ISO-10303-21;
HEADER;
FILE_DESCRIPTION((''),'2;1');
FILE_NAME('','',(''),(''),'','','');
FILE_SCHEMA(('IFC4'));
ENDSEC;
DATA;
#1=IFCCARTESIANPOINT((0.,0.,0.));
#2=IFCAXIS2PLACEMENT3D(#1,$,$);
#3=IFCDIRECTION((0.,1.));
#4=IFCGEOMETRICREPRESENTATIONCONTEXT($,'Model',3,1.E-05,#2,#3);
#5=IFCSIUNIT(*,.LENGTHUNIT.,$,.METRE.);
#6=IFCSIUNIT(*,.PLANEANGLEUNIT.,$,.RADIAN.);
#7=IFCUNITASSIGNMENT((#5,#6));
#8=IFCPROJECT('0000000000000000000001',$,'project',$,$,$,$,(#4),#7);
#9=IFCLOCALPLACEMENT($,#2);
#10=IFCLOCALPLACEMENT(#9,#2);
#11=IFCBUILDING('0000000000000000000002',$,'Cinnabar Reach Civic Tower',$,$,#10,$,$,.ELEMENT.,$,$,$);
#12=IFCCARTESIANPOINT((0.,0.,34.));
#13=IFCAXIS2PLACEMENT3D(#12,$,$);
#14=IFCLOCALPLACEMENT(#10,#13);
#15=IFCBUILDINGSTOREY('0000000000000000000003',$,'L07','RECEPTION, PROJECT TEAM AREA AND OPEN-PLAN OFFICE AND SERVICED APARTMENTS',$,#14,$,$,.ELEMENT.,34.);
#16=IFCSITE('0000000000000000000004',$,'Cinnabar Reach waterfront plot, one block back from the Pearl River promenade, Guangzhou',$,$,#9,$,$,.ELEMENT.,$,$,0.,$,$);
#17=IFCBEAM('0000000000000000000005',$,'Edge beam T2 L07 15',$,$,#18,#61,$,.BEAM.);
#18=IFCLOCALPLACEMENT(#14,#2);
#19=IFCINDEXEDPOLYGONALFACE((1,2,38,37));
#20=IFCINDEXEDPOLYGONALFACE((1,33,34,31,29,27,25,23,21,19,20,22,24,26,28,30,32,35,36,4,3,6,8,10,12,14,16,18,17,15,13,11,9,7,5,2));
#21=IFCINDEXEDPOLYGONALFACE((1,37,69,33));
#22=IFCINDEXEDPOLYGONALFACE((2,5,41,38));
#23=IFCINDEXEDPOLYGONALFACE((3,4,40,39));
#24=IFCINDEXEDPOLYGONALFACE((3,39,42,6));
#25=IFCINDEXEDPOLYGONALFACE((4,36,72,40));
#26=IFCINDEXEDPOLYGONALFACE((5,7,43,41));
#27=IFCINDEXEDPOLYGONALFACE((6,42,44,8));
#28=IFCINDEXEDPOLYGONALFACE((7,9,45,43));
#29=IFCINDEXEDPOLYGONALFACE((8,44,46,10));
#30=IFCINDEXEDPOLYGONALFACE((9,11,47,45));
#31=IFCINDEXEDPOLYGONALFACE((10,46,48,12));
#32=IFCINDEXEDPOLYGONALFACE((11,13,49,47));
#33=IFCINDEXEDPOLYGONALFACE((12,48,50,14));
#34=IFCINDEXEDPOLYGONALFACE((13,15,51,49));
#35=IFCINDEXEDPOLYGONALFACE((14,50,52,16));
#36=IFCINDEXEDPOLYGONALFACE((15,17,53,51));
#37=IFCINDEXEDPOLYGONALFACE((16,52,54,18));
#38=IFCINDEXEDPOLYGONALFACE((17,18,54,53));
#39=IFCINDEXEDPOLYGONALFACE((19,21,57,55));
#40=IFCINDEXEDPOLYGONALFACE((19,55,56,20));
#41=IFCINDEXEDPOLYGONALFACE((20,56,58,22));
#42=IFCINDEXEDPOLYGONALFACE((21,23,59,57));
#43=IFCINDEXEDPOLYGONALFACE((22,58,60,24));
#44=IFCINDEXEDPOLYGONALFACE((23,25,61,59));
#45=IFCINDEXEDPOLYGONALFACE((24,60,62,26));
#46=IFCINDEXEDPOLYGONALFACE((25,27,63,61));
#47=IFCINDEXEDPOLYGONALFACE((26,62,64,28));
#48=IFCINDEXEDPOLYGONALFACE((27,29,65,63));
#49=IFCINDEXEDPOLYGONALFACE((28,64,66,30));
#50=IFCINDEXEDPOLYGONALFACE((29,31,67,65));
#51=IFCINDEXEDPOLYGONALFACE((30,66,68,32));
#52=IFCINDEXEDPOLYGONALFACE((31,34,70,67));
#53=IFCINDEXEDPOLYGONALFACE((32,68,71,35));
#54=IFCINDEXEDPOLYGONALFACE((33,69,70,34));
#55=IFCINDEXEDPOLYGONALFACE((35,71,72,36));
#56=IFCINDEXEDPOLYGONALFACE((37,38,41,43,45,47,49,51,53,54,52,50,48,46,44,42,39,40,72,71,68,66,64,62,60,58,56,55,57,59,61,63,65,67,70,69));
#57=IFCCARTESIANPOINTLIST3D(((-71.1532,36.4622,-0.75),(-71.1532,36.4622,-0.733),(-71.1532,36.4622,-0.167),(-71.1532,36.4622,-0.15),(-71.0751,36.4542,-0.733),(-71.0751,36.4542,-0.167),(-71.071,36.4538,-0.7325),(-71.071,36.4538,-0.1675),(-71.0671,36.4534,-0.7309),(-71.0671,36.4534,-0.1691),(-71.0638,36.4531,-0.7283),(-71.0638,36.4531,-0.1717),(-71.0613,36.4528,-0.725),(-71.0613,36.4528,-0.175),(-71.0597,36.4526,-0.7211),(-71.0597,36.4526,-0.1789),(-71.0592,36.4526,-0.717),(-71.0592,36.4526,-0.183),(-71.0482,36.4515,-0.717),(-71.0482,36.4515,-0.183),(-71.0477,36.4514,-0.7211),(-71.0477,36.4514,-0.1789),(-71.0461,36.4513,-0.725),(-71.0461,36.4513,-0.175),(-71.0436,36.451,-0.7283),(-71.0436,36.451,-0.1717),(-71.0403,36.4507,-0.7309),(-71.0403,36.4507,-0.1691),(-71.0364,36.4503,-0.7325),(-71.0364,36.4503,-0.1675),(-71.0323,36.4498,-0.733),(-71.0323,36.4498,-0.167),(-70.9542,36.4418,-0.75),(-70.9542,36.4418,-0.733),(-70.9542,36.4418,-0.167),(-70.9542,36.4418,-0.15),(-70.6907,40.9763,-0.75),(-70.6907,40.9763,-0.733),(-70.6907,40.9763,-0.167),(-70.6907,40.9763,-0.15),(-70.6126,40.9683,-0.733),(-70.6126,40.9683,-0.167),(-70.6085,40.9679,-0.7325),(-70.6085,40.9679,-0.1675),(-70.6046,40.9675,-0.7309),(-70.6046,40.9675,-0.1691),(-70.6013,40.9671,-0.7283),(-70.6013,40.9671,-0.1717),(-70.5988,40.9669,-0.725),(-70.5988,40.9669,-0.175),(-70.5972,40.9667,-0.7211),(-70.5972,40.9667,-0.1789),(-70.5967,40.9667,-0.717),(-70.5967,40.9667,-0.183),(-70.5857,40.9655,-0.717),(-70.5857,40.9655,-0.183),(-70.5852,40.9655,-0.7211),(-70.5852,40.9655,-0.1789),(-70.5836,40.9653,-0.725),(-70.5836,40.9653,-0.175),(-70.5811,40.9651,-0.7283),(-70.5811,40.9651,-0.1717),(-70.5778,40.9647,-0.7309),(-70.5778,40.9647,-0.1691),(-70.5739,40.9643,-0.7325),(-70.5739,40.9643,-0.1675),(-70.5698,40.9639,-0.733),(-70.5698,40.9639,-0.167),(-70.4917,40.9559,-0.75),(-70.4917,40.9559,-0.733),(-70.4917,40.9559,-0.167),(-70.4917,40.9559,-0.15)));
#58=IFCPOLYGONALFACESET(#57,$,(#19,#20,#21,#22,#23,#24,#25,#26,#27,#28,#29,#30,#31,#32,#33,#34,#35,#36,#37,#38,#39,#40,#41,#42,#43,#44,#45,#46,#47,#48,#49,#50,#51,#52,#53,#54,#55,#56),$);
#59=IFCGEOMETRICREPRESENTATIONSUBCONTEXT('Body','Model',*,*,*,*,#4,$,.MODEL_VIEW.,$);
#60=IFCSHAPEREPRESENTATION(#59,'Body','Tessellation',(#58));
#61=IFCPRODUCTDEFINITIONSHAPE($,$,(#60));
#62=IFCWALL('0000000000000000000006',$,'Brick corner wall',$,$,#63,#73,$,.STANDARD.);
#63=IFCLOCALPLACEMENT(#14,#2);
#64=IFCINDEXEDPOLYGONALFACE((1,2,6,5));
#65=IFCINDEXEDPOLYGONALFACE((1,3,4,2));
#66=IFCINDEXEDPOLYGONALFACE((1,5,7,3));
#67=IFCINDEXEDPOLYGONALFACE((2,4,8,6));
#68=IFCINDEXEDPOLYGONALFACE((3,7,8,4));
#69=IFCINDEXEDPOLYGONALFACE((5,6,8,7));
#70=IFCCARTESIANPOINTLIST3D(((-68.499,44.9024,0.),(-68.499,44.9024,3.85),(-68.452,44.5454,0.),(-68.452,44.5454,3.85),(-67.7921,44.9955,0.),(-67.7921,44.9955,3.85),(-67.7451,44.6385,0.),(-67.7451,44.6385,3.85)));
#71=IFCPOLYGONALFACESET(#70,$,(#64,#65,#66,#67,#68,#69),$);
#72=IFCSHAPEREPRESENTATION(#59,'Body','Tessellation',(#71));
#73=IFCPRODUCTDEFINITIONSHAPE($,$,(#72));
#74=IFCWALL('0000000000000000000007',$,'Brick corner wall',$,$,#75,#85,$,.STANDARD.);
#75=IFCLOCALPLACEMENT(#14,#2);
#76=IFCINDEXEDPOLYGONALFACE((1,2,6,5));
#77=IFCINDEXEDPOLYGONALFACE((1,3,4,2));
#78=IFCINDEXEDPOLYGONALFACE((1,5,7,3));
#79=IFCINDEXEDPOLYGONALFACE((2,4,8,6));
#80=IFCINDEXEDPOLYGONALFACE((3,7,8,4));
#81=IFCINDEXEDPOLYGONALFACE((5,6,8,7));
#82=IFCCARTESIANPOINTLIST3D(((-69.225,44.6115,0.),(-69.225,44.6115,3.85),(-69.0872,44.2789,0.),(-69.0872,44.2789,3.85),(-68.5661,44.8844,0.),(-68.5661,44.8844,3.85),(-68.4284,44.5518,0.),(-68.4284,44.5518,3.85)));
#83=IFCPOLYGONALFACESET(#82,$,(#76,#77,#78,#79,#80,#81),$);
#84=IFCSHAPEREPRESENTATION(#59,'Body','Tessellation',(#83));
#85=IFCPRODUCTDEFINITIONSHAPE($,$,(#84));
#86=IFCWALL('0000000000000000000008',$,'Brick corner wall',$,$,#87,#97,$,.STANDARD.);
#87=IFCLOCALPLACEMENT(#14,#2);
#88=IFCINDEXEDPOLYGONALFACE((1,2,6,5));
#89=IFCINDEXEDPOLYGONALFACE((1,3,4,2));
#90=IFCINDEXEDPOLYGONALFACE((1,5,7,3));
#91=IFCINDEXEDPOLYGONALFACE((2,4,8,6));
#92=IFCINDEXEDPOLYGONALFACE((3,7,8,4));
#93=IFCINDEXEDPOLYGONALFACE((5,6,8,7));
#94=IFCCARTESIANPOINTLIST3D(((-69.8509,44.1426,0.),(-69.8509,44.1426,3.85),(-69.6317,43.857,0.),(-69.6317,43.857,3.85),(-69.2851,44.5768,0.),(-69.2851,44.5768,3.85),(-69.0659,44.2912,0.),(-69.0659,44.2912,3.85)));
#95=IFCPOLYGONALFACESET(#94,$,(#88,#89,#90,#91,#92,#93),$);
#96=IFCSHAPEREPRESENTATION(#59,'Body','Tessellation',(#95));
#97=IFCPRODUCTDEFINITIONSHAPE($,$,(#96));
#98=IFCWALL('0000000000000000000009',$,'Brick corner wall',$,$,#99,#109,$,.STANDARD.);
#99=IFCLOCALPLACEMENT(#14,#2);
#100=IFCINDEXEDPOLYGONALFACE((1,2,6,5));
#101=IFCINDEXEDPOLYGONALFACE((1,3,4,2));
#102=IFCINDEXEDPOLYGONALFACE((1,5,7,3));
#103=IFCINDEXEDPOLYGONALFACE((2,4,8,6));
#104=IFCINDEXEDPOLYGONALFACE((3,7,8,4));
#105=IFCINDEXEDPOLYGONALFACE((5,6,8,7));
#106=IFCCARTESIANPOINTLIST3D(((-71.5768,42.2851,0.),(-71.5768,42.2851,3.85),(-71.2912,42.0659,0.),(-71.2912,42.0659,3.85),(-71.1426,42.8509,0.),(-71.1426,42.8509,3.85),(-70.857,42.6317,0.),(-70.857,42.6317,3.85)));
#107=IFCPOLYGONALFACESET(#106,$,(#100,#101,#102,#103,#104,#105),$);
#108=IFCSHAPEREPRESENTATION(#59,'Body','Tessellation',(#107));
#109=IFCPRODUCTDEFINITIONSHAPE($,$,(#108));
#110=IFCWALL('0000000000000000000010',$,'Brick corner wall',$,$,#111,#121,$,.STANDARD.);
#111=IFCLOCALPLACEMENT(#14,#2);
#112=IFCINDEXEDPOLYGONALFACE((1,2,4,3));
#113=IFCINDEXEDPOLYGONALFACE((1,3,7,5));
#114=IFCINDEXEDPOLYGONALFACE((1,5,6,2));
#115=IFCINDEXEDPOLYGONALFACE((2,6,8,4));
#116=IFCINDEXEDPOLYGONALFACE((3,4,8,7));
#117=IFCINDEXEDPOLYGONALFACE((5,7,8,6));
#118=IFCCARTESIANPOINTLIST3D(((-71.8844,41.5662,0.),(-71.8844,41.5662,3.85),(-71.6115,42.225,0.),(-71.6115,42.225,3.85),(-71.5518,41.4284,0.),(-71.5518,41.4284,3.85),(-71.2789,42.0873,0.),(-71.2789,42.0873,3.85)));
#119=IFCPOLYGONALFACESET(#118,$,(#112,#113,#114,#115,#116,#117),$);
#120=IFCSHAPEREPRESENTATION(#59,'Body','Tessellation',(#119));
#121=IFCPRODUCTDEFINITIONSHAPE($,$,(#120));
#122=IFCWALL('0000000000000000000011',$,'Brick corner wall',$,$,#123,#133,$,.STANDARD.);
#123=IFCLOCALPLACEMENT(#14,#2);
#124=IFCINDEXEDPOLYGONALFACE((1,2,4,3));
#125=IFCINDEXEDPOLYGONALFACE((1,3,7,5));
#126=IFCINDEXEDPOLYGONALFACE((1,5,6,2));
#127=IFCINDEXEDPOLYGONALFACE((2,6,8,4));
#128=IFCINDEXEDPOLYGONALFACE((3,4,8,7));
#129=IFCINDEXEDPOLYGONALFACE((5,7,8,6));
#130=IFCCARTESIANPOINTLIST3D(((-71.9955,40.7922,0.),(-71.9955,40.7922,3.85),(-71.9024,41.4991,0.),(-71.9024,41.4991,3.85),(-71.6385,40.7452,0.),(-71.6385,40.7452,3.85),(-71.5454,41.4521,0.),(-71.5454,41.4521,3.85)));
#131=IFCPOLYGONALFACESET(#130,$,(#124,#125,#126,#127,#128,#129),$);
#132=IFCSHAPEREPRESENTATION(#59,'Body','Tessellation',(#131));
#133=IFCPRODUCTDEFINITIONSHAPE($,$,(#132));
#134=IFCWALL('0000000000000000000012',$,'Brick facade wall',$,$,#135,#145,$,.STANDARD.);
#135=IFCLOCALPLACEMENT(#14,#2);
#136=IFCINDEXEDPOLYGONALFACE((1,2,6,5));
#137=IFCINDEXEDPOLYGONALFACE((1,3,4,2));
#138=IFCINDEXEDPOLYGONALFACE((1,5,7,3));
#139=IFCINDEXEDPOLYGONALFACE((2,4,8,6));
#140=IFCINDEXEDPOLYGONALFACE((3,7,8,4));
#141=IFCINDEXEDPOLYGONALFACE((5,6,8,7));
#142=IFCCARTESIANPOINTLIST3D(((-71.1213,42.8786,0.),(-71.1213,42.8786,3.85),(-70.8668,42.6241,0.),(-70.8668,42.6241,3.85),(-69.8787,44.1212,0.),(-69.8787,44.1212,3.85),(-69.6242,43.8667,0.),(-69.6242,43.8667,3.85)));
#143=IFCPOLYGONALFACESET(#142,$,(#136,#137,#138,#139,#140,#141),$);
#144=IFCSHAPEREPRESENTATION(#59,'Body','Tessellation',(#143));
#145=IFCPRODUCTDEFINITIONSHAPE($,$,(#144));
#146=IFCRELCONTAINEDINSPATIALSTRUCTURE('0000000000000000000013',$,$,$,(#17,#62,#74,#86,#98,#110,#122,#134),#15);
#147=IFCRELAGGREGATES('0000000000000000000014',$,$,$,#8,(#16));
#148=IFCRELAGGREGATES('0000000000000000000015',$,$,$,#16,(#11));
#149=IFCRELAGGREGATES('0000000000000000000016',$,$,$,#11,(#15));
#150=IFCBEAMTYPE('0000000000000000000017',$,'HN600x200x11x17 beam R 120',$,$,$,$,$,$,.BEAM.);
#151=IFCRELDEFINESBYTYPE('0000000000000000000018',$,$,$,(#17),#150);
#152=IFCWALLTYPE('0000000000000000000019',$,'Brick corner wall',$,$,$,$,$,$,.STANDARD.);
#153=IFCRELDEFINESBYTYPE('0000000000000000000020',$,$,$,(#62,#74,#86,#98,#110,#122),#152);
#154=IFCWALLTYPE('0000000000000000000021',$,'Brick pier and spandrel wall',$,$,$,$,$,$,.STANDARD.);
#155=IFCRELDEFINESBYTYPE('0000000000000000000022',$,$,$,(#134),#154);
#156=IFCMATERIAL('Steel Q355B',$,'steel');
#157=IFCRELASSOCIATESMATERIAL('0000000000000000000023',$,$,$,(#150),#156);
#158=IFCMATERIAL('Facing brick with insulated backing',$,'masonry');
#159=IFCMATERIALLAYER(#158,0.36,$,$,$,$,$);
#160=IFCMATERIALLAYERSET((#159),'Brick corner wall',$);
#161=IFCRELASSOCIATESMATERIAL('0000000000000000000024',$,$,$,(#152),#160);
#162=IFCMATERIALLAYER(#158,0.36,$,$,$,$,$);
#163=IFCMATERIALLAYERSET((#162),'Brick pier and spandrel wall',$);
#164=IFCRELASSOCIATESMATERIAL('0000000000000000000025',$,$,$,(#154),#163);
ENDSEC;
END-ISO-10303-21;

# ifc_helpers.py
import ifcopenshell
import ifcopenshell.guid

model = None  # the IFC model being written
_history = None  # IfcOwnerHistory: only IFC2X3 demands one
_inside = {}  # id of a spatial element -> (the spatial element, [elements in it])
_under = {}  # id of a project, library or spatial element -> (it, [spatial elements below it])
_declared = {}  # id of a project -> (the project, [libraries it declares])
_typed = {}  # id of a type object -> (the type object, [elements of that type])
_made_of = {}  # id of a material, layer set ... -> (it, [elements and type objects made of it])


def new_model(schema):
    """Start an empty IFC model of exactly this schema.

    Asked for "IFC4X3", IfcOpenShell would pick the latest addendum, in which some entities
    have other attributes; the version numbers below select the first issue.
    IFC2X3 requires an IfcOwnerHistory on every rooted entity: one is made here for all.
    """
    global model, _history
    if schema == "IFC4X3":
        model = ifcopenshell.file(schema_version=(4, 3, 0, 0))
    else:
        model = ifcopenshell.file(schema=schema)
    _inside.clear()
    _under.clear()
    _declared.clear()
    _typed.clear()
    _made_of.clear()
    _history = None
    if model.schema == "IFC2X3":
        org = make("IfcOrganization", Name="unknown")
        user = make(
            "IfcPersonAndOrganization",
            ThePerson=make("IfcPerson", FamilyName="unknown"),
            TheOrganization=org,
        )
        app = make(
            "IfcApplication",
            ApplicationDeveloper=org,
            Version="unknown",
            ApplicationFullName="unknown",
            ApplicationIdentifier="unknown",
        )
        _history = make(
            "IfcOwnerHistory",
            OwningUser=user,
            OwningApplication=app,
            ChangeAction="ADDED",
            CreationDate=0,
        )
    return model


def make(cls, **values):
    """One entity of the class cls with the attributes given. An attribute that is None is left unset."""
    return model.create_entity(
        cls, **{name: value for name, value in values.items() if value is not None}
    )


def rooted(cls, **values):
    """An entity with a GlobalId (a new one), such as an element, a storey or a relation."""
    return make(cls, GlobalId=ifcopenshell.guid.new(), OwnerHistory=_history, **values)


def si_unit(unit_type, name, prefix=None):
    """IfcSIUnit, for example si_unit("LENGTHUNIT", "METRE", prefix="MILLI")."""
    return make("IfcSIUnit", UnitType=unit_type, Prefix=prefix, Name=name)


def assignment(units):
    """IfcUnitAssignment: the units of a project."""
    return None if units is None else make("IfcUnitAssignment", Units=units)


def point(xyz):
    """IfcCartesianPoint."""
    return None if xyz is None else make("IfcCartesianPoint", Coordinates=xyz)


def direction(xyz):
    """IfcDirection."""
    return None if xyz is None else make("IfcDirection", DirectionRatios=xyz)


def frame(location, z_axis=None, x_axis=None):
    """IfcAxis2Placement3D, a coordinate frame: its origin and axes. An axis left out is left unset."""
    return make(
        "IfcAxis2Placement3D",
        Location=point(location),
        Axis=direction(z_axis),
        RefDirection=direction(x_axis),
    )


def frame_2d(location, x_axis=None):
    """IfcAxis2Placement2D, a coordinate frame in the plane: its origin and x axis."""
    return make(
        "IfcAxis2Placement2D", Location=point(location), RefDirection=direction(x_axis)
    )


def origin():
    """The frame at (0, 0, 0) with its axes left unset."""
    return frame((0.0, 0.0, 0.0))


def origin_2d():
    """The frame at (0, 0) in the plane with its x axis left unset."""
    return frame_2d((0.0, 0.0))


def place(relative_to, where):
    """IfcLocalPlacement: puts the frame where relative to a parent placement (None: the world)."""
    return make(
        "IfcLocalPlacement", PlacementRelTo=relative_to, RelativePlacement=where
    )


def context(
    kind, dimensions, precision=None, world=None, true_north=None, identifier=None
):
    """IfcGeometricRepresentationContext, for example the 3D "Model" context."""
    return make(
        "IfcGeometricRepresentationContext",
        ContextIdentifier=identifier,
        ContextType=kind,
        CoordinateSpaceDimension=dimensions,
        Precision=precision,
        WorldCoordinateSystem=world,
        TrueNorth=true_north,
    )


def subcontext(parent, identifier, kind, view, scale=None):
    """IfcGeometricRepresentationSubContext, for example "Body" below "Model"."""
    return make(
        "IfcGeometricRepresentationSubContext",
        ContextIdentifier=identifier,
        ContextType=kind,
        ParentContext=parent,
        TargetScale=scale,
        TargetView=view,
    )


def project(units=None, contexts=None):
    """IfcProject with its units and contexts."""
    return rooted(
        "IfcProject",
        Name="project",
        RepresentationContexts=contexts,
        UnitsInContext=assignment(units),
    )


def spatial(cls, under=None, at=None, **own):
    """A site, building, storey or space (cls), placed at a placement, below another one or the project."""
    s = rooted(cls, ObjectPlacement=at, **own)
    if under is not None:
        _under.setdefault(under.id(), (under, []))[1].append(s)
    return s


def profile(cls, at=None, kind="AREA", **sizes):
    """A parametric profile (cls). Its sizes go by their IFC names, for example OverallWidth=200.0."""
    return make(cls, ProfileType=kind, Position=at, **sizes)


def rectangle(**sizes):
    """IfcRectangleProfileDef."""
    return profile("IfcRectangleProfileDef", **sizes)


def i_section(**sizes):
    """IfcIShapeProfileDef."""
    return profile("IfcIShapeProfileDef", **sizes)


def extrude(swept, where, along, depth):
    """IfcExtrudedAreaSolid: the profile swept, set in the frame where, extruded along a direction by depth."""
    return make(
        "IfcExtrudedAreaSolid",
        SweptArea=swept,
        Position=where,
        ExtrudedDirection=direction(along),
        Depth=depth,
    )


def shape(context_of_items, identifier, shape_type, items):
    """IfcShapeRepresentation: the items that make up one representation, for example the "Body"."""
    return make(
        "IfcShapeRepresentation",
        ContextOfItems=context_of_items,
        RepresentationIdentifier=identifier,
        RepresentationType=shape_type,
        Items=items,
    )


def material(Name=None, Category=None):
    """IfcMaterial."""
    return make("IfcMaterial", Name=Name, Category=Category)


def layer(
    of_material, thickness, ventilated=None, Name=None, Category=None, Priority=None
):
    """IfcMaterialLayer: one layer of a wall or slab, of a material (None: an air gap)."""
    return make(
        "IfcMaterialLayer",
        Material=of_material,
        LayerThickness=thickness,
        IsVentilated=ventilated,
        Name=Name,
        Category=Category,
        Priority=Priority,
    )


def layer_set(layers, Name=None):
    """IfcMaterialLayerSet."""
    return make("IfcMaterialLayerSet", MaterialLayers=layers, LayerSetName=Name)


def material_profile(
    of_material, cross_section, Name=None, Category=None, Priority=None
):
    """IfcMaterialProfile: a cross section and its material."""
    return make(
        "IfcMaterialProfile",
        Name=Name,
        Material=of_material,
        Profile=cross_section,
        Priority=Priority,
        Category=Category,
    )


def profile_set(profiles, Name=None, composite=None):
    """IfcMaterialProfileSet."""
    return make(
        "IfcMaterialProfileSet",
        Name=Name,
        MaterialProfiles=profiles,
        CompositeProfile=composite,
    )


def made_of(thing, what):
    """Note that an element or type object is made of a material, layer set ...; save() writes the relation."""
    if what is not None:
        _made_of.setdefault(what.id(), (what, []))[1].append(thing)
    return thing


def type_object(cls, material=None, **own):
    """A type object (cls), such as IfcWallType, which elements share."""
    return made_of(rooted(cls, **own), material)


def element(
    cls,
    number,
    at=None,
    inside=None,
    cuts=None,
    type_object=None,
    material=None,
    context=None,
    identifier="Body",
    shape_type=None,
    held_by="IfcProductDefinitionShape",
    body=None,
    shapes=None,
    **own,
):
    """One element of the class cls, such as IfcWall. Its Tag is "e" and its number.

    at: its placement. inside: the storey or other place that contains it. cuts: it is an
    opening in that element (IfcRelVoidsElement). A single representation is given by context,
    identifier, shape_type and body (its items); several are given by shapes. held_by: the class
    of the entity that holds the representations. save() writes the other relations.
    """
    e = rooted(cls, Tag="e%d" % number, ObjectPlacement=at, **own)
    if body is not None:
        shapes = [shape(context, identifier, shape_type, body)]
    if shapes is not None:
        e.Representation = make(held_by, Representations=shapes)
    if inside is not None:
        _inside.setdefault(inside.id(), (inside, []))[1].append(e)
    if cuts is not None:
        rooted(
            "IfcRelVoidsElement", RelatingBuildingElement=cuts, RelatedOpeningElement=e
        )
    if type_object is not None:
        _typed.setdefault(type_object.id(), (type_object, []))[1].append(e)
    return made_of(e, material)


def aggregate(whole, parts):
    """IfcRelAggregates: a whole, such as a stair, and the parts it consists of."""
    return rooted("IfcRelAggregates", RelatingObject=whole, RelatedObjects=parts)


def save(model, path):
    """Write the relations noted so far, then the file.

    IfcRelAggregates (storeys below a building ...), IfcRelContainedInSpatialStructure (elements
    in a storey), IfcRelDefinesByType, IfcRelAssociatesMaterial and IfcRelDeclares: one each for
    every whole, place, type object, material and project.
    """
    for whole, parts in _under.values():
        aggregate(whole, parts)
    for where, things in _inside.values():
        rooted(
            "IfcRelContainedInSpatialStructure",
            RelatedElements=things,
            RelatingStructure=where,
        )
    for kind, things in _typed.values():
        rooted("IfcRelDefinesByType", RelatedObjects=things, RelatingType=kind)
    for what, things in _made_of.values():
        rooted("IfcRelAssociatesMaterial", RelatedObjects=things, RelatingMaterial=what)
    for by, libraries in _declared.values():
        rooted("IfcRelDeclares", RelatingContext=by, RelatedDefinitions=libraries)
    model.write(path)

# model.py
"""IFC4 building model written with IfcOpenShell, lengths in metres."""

from ifc_helpers import new_model, si_unit, direction, frame, frame_2d, origin, origin_2d, place, context, subcontext, project, spatial, rectangle, i_section, extrude, material, layer, layer_set, material_profile, profile_set, type_object, element, save


model = new_model("IFC4")

# Units and contexts
model_context = context("Model", 3, precision=1e-05, world=origin(), true_north=direction((0.0, 1.0)))
body_context = subcontext(model_context, "Body", "Model", "MODEL_VIEW")
ifc_project = project(units=[si_unit("LENGTHUNIT", "METRE"), si_unit("PLANEANGLEUNIT", "RADIAN")], contexts=[model_context])

# Site, building, storey
site_placement = place(None, origin())
site = spatial("IfcSite", under=ifc_project, at=site_placement, Name="Cinnabar Reach waterfront plot, one block back from the Pearl River promenade, Guangzhou", CompositionType="ELEMENT", RefElevation=0.0)
building_placement = place(site_placement, origin())
building = spatial("IfcBuilding", under=site, at=building_placement, Name="Cinnabar Reach Civic Tower", CompositionType="ELEMENT")
storey_placement = place(building_placement, frame((0.0, 0.0, 34.0)))
storey = spatial("IfcBuildingStorey", under=building, at=storey_placement, Name="L07", Description="RECEPTION, PROJECT TEAM AREA AND OPEN-PLAN OFFICE AND SERVICED APARTMENTS", CompositionType="ELEMENT", Elevation=34.0)

# Beam
ifc_material_1 = material(Name="Steel Q355B", Category="steel")
ifc_material_profile_1 = material_profile(ifc_material_1, i_section(OverallWidth=0.2, OverallDepth=0.6, WebThickness=0.011, FlangeThickness=0.017, FilletRadius=0.016, at=origin_2d()), Name="HN600x200x11x17")
ifc_profile_set_1 = profile_set([ifc_material_profile_1], Name="Steel Q355B")
beam_type_1 = type_object("IfcBeamType", Name="HN600x200x11x17 beam R 120", PredefinedType="BEAM", material=ifc_profile_set_1)
beam_1_placement = place(storey_placement, frame((-70.5912, 40.9661, -0.45), z_axis=(-0.101923, -0.994792, 0.0), x_axis=(0.994792, -0.101923, 0.0)))
element("IfcBeam", 1, at=beam_1_placement, inside=storey, type_object=beam_type_1, Name="Edge beam T2 L07 15", PredefinedType="BEAM", context=body_context, shape_type="SweptSolid", body=[
    extrude(i_section(OverallWidth=0.2, OverallDepth=0.6, WebThickness=0.011, FlangeThickness=0.017, FilletRadius=0.016, at=origin_2d()), origin(), (0.0, 0.0, 1.0), 4.5377),
])

# Walls
ifc_material_2 = material(Name="Facing brick with insulated backing", Category="masonry")
ifc_layer_1 = layer(ifc_material_2, 0.36)
ifc_layer_set_1 = layer_set([ifc_layer_1], Name="Brick corner wall")
wall_type_1 = type_object("IfcWallType", Name="Brick corner wall", PredefinedType="STANDARD", material=ifc_layer_set_1)
for number, where, z_axis, x_axis, name in (
    (2, (-67.7686, 44.817, 0.0), (0.0, 0.0, 1.0), (-0.991441, -0.130556, 0.0), "Brick corner wall"),
    (3, (-68.4973, 44.7181, 0.0), (0.0, 0.0, 1.0), (-0.923872, -0.382703, 0.0), "Brick corner wall"),
):
    element("IfcWall", number, at=place(storey_placement, frame(where, z_axis=z_axis, x_axis=x_axis)), inside=storey, type_object=wall_type_1, Name=name, PredefinedType="STANDARD", context=body_context, shape_type="SweptSolid", body=[
        extrude(rectangle(XDim=0.7131, YDim=0.36, at=frame_2d((0.3565, 0.0))), origin(), (0.0, 0.0, 1.0), 3.85),
    ])
for number, where, z_axis, x_axis, name in (
    (4, (-69.1755, 44.434, 0.0), (0.0, 0.0, 1.0), (-0.793322, -0.608802, 0.0), "Brick corner wall"),
    (5, (-70.9998, 42.7413, 0.0), (0.0, 0.0, 1.0), (-0.608802, -0.793322, 0.0), "Brick corner wall"),
):
    element("IfcWall", number, at=place(storey_placement, frame(where, z_axis=z_axis, x_axis=x_axis)), inside=storey, type_object=wall_type_1, Name=name, PredefinedType="STANDARD", context=body_context, shape_type="SweptSolid", body=[
        extrude(rectangle(XDim=0.7132, YDim=0.36, at=frame_2d((0.3566, 0.0))), origin(), (0.0, 0.0, 1.0), 3.85),
    ])
for number, where, z_axis, x_axis, name in (
    (6, (-71.4452, 42.1561, 0.0), (0.0, 0.0, 1.0), (-0.382703, -0.923872, 0.0), "Brick corner wall"),
    (7, (-71.7239, 41.4756, 0.0), (0.0, 0.0, 1.0), (-0.130556, -0.991441, 0.0), "Brick corner wall"),
):
    element("IfcWall", number, at=place(storey_placement, frame(where, z_axis=z_axis, x_axis=x_axis)), inside=storey, type_object=wall_type_1, Name=name, PredefinedType="STANDARD", context=body_context, shape_type="SweptSolid", body=[
        extrude(rectangle(XDim=0.7131, YDim=0.36, at=frame_2d((0.3565, 0.0))), origin(), (0.0, 0.0, 1.0), 3.85),
    ])
ifc_layer_2 = layer(ifc_material_2, 0.36)
ifc_layer_set_2 = layer_set([ifc_layer_2], Name="Brick pier and spandrel wall")
wall_type_2 = type_object("IfcWallType", Name="Brick pier and spandrel wall", PredefinedType="STANDARD", material=ifc_layer_set_2)
wall_1_placement = place(storey_placement, frame((-69.7514, 43.994, 0.0), z_axis=(0.0, 0.0, 1.0), x_axis=(-0.707107, -0.707107, 0.0)))
element("IfcWall", 8, at=wall_1_placement, inside=storey, type_object=wall_type_2, Name="Brick facade wall", PredefinedType="STANDARD", context=body_context, shape_type="SweptSolid", body=[
    extrude(rectangle(XDim=1.7573, YDim=0.36, at=frame_2d((0.8787, 0.0))), origin(), (0.0, 0.0, 1.0), 3.85),
])

save(model, "model.ifc")
